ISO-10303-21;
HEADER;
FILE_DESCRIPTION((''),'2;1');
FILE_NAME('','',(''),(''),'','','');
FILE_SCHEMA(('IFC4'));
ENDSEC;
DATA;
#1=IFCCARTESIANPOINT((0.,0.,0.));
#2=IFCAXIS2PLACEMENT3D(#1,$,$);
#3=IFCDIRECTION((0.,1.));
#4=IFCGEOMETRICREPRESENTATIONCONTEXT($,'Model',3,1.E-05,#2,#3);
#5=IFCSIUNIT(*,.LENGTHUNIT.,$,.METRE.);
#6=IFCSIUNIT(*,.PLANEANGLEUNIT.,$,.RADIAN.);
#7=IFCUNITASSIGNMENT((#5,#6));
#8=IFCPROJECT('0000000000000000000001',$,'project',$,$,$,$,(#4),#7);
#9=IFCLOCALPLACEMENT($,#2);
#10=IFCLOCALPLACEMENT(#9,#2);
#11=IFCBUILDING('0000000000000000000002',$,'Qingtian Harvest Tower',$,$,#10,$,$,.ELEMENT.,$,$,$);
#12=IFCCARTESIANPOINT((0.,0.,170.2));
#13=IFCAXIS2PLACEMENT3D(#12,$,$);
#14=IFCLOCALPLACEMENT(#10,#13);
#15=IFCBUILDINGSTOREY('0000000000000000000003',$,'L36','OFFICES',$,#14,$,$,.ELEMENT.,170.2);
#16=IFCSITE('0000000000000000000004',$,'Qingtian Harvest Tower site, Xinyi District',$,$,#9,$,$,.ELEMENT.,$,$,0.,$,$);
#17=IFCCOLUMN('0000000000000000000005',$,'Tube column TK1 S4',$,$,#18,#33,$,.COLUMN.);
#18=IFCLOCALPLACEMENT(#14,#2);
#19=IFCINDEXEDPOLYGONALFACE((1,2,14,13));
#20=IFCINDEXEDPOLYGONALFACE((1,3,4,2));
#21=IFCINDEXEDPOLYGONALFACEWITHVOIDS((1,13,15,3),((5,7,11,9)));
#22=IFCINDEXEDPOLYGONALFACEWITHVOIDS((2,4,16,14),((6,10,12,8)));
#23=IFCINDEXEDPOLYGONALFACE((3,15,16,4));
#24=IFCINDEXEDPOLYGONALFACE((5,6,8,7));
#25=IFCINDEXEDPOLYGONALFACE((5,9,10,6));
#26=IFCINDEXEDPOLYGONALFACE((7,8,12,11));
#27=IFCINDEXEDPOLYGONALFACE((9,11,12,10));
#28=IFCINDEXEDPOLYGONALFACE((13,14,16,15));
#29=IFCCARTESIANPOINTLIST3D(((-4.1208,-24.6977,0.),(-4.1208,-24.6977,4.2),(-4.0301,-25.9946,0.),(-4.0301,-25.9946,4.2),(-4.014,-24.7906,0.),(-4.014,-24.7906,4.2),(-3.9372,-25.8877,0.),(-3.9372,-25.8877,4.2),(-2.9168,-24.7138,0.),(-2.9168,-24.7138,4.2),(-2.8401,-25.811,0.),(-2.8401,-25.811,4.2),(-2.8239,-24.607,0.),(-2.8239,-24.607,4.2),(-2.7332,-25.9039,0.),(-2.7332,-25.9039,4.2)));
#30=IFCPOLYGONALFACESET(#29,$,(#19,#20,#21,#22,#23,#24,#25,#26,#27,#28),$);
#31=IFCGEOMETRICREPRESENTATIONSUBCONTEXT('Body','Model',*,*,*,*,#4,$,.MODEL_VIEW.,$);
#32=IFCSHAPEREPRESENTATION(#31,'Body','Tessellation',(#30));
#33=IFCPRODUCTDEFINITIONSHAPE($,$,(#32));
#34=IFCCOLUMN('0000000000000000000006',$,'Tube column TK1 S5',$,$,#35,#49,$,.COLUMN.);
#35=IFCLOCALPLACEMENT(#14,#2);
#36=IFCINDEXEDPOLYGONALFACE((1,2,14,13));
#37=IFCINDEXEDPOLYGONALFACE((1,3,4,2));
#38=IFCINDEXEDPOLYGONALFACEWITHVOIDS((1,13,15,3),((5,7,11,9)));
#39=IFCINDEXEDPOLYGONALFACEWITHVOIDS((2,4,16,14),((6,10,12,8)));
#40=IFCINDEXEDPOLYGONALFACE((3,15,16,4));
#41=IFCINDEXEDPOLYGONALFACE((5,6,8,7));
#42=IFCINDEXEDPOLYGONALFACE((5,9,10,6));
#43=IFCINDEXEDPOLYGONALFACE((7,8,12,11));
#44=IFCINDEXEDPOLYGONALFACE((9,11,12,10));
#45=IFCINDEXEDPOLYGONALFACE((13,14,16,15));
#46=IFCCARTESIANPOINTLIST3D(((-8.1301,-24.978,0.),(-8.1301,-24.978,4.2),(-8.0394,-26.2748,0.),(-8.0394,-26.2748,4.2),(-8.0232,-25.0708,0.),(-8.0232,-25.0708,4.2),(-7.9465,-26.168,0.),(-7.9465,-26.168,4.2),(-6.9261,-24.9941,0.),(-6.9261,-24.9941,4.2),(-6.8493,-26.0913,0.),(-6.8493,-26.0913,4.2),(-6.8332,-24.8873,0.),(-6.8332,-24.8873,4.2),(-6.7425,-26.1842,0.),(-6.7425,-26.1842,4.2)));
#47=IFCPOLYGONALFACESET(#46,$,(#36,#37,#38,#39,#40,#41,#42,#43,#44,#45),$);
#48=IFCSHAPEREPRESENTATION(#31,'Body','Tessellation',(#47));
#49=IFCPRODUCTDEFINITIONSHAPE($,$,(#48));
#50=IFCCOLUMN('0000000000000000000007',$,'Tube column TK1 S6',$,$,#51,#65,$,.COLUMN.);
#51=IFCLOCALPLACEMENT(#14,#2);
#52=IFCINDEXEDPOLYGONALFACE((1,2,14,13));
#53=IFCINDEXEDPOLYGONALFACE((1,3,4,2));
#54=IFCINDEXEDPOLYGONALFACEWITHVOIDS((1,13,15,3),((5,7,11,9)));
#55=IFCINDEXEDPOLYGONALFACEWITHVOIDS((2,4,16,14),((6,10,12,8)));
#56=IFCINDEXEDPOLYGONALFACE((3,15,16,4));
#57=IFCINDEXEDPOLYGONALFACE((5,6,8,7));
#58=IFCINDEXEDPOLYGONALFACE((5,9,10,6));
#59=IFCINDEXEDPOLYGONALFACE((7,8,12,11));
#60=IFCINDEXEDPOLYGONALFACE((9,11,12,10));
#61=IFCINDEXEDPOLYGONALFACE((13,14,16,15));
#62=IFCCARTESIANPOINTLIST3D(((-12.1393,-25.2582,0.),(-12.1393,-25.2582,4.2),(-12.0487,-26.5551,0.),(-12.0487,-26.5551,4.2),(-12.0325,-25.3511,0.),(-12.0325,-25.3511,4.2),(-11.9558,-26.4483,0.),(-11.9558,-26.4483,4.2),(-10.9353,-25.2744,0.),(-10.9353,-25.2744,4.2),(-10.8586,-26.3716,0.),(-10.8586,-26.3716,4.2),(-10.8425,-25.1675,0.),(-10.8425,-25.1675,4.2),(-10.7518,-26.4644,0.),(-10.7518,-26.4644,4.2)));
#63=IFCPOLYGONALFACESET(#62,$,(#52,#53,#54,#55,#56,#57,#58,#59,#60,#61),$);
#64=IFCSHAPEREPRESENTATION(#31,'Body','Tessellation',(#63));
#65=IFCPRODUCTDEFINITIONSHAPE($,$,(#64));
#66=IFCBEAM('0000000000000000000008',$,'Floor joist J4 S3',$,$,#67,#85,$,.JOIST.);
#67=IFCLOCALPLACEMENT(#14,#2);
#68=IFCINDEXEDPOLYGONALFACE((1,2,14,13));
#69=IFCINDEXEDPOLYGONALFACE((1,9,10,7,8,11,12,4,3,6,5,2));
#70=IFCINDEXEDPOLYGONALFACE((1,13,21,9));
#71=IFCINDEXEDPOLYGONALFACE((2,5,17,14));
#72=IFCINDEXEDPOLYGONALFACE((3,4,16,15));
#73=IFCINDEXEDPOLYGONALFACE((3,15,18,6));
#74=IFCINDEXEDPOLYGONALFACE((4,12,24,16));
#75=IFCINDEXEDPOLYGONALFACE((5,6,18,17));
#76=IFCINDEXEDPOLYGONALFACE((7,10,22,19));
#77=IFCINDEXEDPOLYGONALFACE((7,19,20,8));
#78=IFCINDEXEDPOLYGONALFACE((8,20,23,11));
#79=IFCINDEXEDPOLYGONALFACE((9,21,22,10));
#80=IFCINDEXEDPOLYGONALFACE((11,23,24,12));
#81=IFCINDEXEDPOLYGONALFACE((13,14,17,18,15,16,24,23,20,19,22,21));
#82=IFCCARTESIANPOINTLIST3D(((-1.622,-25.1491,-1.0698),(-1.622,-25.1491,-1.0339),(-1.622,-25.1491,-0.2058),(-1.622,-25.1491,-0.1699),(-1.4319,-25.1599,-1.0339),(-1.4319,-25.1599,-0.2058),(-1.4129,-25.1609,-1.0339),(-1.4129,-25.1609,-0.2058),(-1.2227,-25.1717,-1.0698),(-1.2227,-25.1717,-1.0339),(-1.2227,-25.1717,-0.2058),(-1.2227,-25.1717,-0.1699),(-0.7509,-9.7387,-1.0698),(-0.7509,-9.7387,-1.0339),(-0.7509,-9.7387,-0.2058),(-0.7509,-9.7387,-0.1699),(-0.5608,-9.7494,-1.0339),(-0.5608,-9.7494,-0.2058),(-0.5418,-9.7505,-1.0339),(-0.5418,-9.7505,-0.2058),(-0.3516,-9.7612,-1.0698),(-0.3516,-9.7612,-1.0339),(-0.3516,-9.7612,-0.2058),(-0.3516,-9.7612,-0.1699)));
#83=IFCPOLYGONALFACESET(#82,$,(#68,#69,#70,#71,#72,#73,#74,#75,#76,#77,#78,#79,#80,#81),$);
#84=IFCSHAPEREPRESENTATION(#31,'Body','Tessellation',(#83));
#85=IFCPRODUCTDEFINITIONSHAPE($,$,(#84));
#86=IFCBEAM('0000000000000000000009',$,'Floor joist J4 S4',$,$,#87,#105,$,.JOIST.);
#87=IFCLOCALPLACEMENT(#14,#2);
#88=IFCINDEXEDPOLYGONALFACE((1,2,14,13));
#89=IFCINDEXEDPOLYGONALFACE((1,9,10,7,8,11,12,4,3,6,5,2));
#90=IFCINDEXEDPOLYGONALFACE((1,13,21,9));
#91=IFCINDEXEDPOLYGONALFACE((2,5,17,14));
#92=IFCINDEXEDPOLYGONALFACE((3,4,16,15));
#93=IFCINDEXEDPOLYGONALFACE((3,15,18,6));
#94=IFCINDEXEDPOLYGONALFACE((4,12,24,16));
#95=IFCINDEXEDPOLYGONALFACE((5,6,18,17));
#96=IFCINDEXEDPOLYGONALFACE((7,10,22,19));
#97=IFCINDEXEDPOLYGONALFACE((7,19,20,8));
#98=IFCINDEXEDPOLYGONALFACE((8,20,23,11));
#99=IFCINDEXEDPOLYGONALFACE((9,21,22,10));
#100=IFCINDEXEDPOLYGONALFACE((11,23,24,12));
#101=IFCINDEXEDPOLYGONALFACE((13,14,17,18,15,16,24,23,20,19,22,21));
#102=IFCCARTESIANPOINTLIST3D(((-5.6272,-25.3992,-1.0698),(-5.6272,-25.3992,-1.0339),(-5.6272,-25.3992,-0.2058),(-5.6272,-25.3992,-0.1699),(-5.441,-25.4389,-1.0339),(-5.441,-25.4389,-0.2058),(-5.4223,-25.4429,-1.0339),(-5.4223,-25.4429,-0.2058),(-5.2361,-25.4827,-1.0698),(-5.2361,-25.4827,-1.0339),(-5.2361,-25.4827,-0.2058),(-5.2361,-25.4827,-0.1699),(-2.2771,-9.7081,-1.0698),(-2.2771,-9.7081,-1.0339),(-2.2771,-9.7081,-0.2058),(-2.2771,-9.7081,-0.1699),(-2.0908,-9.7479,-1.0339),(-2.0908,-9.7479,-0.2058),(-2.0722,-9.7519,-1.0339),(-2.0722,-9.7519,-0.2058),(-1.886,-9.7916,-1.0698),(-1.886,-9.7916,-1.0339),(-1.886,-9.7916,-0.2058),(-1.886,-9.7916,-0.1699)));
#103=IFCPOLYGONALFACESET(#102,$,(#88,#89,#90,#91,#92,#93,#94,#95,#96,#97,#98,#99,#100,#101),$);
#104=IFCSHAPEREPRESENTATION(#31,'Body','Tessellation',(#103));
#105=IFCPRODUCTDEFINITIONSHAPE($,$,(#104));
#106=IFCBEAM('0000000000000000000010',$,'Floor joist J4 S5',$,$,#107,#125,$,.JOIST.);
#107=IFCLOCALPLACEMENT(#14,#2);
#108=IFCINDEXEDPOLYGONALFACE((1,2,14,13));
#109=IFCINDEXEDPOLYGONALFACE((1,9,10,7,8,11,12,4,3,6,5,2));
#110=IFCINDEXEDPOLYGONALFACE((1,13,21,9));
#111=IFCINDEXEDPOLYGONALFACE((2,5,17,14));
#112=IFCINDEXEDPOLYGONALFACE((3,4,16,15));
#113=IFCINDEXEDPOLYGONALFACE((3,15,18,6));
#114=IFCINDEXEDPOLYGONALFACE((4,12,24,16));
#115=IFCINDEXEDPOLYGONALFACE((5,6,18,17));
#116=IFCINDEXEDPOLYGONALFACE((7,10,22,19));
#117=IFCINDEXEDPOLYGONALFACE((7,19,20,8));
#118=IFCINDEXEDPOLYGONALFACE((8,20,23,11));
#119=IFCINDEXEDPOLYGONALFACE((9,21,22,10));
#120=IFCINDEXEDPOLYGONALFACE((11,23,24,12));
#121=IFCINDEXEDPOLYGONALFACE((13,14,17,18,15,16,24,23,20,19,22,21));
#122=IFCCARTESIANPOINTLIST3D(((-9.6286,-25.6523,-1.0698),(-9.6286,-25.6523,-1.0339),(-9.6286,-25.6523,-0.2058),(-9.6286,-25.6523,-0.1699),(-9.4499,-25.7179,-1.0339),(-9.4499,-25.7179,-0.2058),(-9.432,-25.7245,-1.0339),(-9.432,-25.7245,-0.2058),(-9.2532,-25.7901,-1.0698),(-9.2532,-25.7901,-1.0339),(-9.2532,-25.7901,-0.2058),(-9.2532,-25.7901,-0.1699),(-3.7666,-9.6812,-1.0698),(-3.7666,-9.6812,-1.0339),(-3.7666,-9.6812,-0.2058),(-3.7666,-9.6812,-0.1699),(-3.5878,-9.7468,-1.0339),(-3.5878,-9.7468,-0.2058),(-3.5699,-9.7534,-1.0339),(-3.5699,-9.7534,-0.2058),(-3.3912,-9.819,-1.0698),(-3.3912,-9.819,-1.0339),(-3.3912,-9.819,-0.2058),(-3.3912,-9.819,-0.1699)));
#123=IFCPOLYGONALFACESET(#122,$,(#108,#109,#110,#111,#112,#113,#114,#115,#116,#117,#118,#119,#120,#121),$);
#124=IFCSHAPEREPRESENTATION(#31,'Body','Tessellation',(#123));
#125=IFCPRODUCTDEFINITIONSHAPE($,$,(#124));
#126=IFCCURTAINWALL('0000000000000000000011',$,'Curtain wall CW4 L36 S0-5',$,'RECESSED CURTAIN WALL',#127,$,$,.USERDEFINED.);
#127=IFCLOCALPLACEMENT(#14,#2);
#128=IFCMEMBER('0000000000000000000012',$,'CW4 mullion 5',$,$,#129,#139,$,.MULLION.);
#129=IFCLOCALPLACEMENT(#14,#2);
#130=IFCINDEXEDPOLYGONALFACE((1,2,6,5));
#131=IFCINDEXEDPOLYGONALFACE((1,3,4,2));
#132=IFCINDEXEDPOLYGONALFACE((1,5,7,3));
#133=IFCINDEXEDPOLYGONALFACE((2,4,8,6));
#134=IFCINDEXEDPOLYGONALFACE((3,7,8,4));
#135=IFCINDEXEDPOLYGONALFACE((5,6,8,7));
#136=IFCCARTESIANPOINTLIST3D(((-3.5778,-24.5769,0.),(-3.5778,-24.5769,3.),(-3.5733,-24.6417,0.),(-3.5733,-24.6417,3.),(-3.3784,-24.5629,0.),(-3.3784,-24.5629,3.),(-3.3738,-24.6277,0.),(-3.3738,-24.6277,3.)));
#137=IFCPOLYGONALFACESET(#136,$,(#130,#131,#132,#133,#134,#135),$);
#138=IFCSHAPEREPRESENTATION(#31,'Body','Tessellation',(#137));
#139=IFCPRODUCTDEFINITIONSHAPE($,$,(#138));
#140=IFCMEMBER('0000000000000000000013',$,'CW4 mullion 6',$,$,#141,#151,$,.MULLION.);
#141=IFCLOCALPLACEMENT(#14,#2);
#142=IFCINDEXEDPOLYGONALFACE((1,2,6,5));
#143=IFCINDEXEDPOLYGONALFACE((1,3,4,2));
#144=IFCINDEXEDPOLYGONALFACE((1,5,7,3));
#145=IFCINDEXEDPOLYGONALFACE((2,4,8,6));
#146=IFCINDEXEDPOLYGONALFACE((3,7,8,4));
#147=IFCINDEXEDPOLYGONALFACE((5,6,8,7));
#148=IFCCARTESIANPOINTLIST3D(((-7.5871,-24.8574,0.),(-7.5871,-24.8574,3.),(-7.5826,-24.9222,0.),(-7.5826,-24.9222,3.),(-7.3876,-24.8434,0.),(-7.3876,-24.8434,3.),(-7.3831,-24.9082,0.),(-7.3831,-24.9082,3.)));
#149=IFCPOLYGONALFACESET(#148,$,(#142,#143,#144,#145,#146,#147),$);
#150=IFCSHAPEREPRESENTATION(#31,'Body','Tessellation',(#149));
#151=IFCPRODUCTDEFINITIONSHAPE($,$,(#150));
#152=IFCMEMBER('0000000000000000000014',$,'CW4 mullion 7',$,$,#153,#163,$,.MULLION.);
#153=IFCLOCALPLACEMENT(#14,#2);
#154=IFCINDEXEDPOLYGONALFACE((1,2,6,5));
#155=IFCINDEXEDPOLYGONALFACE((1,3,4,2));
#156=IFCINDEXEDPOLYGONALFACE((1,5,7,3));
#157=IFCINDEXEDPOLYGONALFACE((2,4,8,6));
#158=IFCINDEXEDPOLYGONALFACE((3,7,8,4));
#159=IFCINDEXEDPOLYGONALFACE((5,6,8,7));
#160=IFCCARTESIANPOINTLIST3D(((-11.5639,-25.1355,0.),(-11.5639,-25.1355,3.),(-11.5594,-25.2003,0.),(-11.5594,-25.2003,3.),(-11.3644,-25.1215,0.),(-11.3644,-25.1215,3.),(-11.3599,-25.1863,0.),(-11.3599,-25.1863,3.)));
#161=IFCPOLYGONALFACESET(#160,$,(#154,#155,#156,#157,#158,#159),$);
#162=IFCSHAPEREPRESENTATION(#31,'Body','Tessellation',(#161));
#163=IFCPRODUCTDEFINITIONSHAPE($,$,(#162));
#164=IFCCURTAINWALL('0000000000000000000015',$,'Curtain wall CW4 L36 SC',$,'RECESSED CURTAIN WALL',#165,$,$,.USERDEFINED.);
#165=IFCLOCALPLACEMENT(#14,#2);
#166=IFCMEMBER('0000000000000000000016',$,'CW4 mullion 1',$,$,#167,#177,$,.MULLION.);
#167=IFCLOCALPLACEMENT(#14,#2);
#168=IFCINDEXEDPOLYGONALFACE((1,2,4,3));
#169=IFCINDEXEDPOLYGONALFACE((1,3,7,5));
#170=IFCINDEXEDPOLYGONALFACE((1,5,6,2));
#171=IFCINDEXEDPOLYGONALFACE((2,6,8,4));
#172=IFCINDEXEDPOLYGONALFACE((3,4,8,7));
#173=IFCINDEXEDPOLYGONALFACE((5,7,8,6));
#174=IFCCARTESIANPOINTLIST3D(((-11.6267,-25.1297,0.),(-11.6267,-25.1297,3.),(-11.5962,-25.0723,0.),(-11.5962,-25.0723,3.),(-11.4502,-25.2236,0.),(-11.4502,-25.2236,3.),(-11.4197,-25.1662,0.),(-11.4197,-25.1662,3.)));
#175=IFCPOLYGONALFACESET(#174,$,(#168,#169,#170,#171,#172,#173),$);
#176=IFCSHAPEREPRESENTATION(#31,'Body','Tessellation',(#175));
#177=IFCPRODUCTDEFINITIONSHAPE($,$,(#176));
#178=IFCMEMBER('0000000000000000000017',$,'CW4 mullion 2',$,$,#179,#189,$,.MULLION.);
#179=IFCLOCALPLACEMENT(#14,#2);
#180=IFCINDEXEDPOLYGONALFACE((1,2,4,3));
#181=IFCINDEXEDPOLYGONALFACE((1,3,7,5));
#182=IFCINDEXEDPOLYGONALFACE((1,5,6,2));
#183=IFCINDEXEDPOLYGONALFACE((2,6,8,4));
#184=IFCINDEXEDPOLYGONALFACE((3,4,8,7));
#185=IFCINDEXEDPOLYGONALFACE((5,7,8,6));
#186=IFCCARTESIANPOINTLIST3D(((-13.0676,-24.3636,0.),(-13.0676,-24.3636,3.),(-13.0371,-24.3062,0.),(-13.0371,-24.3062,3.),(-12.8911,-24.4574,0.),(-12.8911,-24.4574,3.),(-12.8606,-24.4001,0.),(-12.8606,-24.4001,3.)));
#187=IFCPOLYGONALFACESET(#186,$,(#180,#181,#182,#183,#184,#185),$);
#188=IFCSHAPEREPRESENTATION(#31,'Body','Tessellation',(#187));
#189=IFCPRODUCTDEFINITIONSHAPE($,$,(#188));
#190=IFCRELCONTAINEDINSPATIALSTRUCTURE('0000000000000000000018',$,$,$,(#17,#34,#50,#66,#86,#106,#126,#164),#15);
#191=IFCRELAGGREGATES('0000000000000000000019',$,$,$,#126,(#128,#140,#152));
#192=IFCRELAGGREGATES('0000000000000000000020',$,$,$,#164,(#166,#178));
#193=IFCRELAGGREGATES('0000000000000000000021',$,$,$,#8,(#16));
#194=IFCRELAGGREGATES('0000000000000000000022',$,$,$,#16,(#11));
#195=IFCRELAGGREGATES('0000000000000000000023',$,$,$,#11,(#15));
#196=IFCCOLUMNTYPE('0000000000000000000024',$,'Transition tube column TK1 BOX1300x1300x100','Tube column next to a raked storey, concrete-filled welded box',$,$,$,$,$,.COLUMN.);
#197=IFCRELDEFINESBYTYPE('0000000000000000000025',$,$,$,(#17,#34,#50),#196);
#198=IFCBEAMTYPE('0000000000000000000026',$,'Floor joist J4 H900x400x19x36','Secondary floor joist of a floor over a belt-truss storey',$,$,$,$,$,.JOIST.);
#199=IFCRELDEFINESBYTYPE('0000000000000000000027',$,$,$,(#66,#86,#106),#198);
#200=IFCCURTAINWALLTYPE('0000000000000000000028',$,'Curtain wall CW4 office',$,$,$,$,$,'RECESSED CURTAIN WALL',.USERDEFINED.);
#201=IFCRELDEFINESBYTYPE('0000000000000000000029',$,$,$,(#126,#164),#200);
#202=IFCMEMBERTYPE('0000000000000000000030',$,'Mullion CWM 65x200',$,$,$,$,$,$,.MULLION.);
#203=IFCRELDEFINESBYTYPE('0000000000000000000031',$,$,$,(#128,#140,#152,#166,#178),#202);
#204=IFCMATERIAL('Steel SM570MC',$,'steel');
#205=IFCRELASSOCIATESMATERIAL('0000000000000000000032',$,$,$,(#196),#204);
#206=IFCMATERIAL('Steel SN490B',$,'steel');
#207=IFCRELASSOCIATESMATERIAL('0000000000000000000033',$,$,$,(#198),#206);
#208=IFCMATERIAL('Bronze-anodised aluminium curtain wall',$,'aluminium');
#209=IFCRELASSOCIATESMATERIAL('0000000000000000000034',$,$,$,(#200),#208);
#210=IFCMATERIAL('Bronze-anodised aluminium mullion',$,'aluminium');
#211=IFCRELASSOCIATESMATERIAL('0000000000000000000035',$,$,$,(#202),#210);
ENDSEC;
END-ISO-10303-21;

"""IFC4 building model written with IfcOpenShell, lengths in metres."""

from ifc_helpers import new_model, si_unit, direction, frame, origin, origin_2d, place, context, subcontext, project, spatial, rectangle, hollow_rectangle, i_section, extrude, material, material_profile, profile_set, type_object, element, aggregate, save


model = new_model("IFC4")

# Units and contexts
model_context = context("Model", 3, precision=1e-05, world=origin(), true_north=direction((0.0, 1.0)))
body_context = subcontext(model_context, "Body", "Model", "MODEL_VIEW")
ifc_project = project(units=[si_unit("LENGTHUNIT", "METRE"), si_unit("PLANEANGLEUNIT", "RADIAN")], contexts=[model_context])

# Site, building, storey
site_placement = place(None, origin())
site = spatial("IfcSite", under=ifc_project, at=site_placement, Name="Qingtian Harvest Tower site, Xinyi District", CompositionType="ELEMENT", RefElevation=0.0)
building_placement = place(site_placement, origin())
building = spatial("IfcBuilding", under=site, at=building_placement, Name="Qingtian Harvest Tower", CompositionType="ELEMENT")
storey_placement = place(building_placement, frame((0.0, 0.0, 170.2)))
storey = spatial("IfcBuildingStorey", under=building, at=storey_placement, Name="L36", Description="OFFICES", CompositionType="ELEMENT", Elevation=170.2)

# Columns
ifc_material_1 = material(Name="Steel SM570MC", Category="steel")
ifc_material_profile_1 = material_profile(ifc_material_1, hollow_rectangle(XDim=1.3, YDim=1.3, WallThickness=0.1001, at=origin_2d()), Name="BOX1300x1300x100")
ifc_profile_set_1 = profile_set([ifc_material_profile_1], Name="Steel SM570MC")
column_type = type_object("IfcColumnType", Name="Transition tube column TK1 BOX1300x1300x100", Description="Tube column next to a raked storey, concrete-filled welded box", PredefinedType="COLUMN", material=ifc_profile_set_1)
for number, where, z_axis, x_axis, name in (
    (1, (-3.427, -25.3008, 0.0), (0.0, 0.0, 1.0), (0.997564, 0.069756, 0.0), "Tube column TK1 S4"),
    (2, (-7.4363, -25.5811, 0.0), (0.0, 0.0, 1.0), (0.997564, 0.069756, 0.0), "Tube column TK1 S5"),
    (3, (-11.4456, -25.8613, 0.0), (0.0, 0.0, 1.0), (0.997564, 0.069756, 0.0), "Tube column TK1 S6"),
):
    element("IfcColumn", number, at=place(storey_placement, frame(where, z_axis=z_axis, x_axis=x_axis)), inside=storey, type_object=column_type, Name=name, PredefinedType="COLUMN", context=body_context, shape_type="SweptSolid", body=[
        extrude(hollow_rectangle(XDim=1.3, YDim=1.3, WallThickness=0.1001, at=origin_2d()), origin(), (0.0, 0.0, 1.0), 4.2),
    ])

# Beams
ifc_material_2 = material(Name="Steel SN490B", Category="steel")
ifc_material_profile_2 = material_profile(ifc_material_2, i_section(OverallWidth=0.3999, OverallDepth=0.8999, WebThickness=0.019, FlangeThickness=0.0359, at=origin_2d()), Name="H900x400x19x36")
ifc_profile_set_2 = profile_set([ifc_material_profile_2], Name="Steel SN490B")
beam_type_1 = type_object("IfcBeamType", Name="Floor joist J4 H900x400x19x36", Description="Secondary floor joist of a floor over a belt-truss storey", PredefinedType="JOIST", material=ifc_profile_set_2)
beam_1_placement = place(storey_placement, frame((-1.4224, -25.1604, -0.6199), z_axis=(0.056436, 0.998406, 0.0), x_axis=(-0.998406, 0.056436, 0.0)))
element("IfcBeam", 4, at=beam_1_placement, inside=storey, type_object=beam_type_1, Name="Floor joist J4 S3", PredefinedType="JOIST", context=body_context, shape_type="SweptSolid", body=[
    extrude(i_section(OverallWidth=0.3999, OverallDepth=0.8999, WebThickness=0.019, FlangeThickness=0.0359, at=origin_2d()), origin(), (0.0, 0.0, 1.0), 15.4351),
])
beam_2_placement = place(storey_placement, frame((-5.4316, -25.4409, -0.6199), z_axis=(0.2088, 0.977958, 0.0), x_axis=(-0.977958, 0.2088, 0.0)))
element("IfcBeam", 5, at=beam_2_placement, inside=storey, type_object=beam_type_1, Name="Floor joist J4 S4", PredefinedType="JOIST", context=body_context, shape_type="SweptSolid", body=[
    extrude(i_section(OverallWidth=0.3999, OverallDepth=0.8999, WebThickness=0.019, FlangeThickness=0.0359, at=origin_2d()), origin(), (0.0, 0.0, 1.0), 16.0447),
])
beam_3_placement = place(storey_placement, frame((-9.4409, -25.7212, -0.6199), z_axis=(0.344563, 0.938763, 0.0), x_axis=(-0.938763, 0.344563, 0.0)))
element("IfcBeam", 6, at=beam_3_placement, inside=storey, type_object=beam_type_1, Name="Floor joist J4 S5", PredefinedType="JOIST", context=body_context, shape_type="SweptSolid", body=[
    extrude(i_section(OverallWidth=0.3999, OverallDepth=0.8999, WebThickness=0.019, FlangeThickness=0.0359, at=origin_2d()), origin(), (0.0, 0.0, 1.0), 17.0129),
])

# Curtain walls, members
ifc_material_3 = material(Name="Bronze-anodised aluminium curtain wall", Category="aluminium")
curtain_wall_type = type_object("IfcCurtainWallType", Name="Curtain wall CW4 office", ElementType="RECESSED CURTAIN WALL", PredefinedType="USERDEFINED", material=ifc_material_3)
curtain_wall_1_placement = place(storey_placement, origin())
curtain_wall_1 = element("IfcCurtainWall", 7, at=curtain_wall_1_placement, inside=storey, type_object=curtain_wall_type, Name="Curtain wall CW4 L36 S0-5", ObjectType="RECESSED CURTAIN WALL", PredefinedType="USERDEFINED")
ifc_material_4 = material(Name="Bronze-anodised aluminium mullion", Category="aluminium")
ifc_material_profile_3 = material_profile(ifc_material_4, rectangle(XDim=0.0649, YDim=0.2, at=origin_2d()), Name="AL 65x200")
ifc_profile_set_3 = profile_set([ifc_material_profile_3], Name="Bronze-anodised aluminium mullion")
member_type_1 = type_object("IfcMemberType", Name="Mullion CWM 65x200", PredefinedType="MULLION", material=ifc_profile_set_3)
member_1_placement = place(storey_placement, frame((-3.4758, -24.6023, 0.0), z_axis=(0.0, 0.0, 1.0), x_axis=(0.069756, -0.997564, 0.0)))
member_1 = element("IfcMember", 8, at=member_1_placement, type_object=member_type_1, Name="CW4 mullion 5", PredefinedType="MULLION", context=body_context, shape_type="SweptSolid", body=[
    extrude(rectangle(XDim=0.0649, YDim=0.2, at=origin_2d()), origin(), (0.0, 0.0, 1.0), 3.0),
])
member_2_placement = place(storey_placement, frame((-7.4851, -24.8828, 0.0), z_axis=(0.0, 0.0, 1.0), x_axis=(0.069756, -0.997564, 0.0)))
member_2 = element("IfcMember", 9, at=member_2_placement, type_object=member_type_1, Name="CW4 mullion 6", PredefinedType="MULLION", context=body_context, shape_type="SweptSolid", body=[
    extrude(rectangle(XDim=0.0649, YDim=0.2, at=origin_2d()), origin(), (0.0, 0.0, 1.0), 3.0),
])
member_3_placement = place(storey_placement, frame((-11.4619, -25.1609, 0.0), z_axis=(0.0, 0.0, 1.0), x_axis=(0.069756, -0.997564, 0.0)))
member_3 = element("IfcMember", 10, at=member_3_placement, type_object=member_type_1, Name="CW4 mullion 7", PredefinedType="MULLION", context=body_context, shape_type="SweptSolid", body=[
    extrude(rectangle(XDim=0.0649, YDim=0.2, at=origin_2d()), origin(), (0.0, 0.0, 1.0), 3.0),
])
curtain_wall_2_placement = place(storey_placement, origin())
curtain_wall_2 = element("IfcCurtainWall", 11, at=curtain_wall_2_placement, inside=storey, type_object=curtain_wall_type, Name="Curtain wall CW4 L36 SC", ObjectType="RECESSED CURTAIN WALL", PredefinedType="USERDEFINED")
member_4_placement = place(storey_placement, frame((-11.5232, -25.1479, 0.0), z_axis=(0.0, 0.0, 1.0), x_axis=(-0.469472, -0.882948, 0.0)))
member_4 = element("IfcMember", 12, at=member_4_placement, type_object=member_type_1, Name="CW4 mullion 1", PredefinedType="MULLION", context=body_context, shape_type="SweptSolid", body=[
    extrude(rectangle(XDim=0.0649, YDim=0.2, at=origin_2d()), origin(), (0.0, 0.0, 1.0), 3.0),
])
member_5_placement = place(storey_placement, frame((-12.9641, -24.3818, 0.0), z_axis=(0.0, 0.0, 1.0), x_axis=(-0.469472, -0.882948, 0.0)))
member_5 = element("IfcMember", 13, at=member_5_placement, type_object=member_type_1, Name="CW4 mullion 2", PredefinedType="MULLION", context=body_context, shape_type="SweptSolid", body=[
    extrude(rectangle(XDim=0.0649, YDim=0.2, at=origin_2d()), origin(), (0.0, 0.0, 1.0), 3.0),
])

aggregate(curtain_wall_1, [member_1, member_2, member_3])
aggregate(curtain_wall_2, [member_4, member_5])

save(model, "model.ifc")
